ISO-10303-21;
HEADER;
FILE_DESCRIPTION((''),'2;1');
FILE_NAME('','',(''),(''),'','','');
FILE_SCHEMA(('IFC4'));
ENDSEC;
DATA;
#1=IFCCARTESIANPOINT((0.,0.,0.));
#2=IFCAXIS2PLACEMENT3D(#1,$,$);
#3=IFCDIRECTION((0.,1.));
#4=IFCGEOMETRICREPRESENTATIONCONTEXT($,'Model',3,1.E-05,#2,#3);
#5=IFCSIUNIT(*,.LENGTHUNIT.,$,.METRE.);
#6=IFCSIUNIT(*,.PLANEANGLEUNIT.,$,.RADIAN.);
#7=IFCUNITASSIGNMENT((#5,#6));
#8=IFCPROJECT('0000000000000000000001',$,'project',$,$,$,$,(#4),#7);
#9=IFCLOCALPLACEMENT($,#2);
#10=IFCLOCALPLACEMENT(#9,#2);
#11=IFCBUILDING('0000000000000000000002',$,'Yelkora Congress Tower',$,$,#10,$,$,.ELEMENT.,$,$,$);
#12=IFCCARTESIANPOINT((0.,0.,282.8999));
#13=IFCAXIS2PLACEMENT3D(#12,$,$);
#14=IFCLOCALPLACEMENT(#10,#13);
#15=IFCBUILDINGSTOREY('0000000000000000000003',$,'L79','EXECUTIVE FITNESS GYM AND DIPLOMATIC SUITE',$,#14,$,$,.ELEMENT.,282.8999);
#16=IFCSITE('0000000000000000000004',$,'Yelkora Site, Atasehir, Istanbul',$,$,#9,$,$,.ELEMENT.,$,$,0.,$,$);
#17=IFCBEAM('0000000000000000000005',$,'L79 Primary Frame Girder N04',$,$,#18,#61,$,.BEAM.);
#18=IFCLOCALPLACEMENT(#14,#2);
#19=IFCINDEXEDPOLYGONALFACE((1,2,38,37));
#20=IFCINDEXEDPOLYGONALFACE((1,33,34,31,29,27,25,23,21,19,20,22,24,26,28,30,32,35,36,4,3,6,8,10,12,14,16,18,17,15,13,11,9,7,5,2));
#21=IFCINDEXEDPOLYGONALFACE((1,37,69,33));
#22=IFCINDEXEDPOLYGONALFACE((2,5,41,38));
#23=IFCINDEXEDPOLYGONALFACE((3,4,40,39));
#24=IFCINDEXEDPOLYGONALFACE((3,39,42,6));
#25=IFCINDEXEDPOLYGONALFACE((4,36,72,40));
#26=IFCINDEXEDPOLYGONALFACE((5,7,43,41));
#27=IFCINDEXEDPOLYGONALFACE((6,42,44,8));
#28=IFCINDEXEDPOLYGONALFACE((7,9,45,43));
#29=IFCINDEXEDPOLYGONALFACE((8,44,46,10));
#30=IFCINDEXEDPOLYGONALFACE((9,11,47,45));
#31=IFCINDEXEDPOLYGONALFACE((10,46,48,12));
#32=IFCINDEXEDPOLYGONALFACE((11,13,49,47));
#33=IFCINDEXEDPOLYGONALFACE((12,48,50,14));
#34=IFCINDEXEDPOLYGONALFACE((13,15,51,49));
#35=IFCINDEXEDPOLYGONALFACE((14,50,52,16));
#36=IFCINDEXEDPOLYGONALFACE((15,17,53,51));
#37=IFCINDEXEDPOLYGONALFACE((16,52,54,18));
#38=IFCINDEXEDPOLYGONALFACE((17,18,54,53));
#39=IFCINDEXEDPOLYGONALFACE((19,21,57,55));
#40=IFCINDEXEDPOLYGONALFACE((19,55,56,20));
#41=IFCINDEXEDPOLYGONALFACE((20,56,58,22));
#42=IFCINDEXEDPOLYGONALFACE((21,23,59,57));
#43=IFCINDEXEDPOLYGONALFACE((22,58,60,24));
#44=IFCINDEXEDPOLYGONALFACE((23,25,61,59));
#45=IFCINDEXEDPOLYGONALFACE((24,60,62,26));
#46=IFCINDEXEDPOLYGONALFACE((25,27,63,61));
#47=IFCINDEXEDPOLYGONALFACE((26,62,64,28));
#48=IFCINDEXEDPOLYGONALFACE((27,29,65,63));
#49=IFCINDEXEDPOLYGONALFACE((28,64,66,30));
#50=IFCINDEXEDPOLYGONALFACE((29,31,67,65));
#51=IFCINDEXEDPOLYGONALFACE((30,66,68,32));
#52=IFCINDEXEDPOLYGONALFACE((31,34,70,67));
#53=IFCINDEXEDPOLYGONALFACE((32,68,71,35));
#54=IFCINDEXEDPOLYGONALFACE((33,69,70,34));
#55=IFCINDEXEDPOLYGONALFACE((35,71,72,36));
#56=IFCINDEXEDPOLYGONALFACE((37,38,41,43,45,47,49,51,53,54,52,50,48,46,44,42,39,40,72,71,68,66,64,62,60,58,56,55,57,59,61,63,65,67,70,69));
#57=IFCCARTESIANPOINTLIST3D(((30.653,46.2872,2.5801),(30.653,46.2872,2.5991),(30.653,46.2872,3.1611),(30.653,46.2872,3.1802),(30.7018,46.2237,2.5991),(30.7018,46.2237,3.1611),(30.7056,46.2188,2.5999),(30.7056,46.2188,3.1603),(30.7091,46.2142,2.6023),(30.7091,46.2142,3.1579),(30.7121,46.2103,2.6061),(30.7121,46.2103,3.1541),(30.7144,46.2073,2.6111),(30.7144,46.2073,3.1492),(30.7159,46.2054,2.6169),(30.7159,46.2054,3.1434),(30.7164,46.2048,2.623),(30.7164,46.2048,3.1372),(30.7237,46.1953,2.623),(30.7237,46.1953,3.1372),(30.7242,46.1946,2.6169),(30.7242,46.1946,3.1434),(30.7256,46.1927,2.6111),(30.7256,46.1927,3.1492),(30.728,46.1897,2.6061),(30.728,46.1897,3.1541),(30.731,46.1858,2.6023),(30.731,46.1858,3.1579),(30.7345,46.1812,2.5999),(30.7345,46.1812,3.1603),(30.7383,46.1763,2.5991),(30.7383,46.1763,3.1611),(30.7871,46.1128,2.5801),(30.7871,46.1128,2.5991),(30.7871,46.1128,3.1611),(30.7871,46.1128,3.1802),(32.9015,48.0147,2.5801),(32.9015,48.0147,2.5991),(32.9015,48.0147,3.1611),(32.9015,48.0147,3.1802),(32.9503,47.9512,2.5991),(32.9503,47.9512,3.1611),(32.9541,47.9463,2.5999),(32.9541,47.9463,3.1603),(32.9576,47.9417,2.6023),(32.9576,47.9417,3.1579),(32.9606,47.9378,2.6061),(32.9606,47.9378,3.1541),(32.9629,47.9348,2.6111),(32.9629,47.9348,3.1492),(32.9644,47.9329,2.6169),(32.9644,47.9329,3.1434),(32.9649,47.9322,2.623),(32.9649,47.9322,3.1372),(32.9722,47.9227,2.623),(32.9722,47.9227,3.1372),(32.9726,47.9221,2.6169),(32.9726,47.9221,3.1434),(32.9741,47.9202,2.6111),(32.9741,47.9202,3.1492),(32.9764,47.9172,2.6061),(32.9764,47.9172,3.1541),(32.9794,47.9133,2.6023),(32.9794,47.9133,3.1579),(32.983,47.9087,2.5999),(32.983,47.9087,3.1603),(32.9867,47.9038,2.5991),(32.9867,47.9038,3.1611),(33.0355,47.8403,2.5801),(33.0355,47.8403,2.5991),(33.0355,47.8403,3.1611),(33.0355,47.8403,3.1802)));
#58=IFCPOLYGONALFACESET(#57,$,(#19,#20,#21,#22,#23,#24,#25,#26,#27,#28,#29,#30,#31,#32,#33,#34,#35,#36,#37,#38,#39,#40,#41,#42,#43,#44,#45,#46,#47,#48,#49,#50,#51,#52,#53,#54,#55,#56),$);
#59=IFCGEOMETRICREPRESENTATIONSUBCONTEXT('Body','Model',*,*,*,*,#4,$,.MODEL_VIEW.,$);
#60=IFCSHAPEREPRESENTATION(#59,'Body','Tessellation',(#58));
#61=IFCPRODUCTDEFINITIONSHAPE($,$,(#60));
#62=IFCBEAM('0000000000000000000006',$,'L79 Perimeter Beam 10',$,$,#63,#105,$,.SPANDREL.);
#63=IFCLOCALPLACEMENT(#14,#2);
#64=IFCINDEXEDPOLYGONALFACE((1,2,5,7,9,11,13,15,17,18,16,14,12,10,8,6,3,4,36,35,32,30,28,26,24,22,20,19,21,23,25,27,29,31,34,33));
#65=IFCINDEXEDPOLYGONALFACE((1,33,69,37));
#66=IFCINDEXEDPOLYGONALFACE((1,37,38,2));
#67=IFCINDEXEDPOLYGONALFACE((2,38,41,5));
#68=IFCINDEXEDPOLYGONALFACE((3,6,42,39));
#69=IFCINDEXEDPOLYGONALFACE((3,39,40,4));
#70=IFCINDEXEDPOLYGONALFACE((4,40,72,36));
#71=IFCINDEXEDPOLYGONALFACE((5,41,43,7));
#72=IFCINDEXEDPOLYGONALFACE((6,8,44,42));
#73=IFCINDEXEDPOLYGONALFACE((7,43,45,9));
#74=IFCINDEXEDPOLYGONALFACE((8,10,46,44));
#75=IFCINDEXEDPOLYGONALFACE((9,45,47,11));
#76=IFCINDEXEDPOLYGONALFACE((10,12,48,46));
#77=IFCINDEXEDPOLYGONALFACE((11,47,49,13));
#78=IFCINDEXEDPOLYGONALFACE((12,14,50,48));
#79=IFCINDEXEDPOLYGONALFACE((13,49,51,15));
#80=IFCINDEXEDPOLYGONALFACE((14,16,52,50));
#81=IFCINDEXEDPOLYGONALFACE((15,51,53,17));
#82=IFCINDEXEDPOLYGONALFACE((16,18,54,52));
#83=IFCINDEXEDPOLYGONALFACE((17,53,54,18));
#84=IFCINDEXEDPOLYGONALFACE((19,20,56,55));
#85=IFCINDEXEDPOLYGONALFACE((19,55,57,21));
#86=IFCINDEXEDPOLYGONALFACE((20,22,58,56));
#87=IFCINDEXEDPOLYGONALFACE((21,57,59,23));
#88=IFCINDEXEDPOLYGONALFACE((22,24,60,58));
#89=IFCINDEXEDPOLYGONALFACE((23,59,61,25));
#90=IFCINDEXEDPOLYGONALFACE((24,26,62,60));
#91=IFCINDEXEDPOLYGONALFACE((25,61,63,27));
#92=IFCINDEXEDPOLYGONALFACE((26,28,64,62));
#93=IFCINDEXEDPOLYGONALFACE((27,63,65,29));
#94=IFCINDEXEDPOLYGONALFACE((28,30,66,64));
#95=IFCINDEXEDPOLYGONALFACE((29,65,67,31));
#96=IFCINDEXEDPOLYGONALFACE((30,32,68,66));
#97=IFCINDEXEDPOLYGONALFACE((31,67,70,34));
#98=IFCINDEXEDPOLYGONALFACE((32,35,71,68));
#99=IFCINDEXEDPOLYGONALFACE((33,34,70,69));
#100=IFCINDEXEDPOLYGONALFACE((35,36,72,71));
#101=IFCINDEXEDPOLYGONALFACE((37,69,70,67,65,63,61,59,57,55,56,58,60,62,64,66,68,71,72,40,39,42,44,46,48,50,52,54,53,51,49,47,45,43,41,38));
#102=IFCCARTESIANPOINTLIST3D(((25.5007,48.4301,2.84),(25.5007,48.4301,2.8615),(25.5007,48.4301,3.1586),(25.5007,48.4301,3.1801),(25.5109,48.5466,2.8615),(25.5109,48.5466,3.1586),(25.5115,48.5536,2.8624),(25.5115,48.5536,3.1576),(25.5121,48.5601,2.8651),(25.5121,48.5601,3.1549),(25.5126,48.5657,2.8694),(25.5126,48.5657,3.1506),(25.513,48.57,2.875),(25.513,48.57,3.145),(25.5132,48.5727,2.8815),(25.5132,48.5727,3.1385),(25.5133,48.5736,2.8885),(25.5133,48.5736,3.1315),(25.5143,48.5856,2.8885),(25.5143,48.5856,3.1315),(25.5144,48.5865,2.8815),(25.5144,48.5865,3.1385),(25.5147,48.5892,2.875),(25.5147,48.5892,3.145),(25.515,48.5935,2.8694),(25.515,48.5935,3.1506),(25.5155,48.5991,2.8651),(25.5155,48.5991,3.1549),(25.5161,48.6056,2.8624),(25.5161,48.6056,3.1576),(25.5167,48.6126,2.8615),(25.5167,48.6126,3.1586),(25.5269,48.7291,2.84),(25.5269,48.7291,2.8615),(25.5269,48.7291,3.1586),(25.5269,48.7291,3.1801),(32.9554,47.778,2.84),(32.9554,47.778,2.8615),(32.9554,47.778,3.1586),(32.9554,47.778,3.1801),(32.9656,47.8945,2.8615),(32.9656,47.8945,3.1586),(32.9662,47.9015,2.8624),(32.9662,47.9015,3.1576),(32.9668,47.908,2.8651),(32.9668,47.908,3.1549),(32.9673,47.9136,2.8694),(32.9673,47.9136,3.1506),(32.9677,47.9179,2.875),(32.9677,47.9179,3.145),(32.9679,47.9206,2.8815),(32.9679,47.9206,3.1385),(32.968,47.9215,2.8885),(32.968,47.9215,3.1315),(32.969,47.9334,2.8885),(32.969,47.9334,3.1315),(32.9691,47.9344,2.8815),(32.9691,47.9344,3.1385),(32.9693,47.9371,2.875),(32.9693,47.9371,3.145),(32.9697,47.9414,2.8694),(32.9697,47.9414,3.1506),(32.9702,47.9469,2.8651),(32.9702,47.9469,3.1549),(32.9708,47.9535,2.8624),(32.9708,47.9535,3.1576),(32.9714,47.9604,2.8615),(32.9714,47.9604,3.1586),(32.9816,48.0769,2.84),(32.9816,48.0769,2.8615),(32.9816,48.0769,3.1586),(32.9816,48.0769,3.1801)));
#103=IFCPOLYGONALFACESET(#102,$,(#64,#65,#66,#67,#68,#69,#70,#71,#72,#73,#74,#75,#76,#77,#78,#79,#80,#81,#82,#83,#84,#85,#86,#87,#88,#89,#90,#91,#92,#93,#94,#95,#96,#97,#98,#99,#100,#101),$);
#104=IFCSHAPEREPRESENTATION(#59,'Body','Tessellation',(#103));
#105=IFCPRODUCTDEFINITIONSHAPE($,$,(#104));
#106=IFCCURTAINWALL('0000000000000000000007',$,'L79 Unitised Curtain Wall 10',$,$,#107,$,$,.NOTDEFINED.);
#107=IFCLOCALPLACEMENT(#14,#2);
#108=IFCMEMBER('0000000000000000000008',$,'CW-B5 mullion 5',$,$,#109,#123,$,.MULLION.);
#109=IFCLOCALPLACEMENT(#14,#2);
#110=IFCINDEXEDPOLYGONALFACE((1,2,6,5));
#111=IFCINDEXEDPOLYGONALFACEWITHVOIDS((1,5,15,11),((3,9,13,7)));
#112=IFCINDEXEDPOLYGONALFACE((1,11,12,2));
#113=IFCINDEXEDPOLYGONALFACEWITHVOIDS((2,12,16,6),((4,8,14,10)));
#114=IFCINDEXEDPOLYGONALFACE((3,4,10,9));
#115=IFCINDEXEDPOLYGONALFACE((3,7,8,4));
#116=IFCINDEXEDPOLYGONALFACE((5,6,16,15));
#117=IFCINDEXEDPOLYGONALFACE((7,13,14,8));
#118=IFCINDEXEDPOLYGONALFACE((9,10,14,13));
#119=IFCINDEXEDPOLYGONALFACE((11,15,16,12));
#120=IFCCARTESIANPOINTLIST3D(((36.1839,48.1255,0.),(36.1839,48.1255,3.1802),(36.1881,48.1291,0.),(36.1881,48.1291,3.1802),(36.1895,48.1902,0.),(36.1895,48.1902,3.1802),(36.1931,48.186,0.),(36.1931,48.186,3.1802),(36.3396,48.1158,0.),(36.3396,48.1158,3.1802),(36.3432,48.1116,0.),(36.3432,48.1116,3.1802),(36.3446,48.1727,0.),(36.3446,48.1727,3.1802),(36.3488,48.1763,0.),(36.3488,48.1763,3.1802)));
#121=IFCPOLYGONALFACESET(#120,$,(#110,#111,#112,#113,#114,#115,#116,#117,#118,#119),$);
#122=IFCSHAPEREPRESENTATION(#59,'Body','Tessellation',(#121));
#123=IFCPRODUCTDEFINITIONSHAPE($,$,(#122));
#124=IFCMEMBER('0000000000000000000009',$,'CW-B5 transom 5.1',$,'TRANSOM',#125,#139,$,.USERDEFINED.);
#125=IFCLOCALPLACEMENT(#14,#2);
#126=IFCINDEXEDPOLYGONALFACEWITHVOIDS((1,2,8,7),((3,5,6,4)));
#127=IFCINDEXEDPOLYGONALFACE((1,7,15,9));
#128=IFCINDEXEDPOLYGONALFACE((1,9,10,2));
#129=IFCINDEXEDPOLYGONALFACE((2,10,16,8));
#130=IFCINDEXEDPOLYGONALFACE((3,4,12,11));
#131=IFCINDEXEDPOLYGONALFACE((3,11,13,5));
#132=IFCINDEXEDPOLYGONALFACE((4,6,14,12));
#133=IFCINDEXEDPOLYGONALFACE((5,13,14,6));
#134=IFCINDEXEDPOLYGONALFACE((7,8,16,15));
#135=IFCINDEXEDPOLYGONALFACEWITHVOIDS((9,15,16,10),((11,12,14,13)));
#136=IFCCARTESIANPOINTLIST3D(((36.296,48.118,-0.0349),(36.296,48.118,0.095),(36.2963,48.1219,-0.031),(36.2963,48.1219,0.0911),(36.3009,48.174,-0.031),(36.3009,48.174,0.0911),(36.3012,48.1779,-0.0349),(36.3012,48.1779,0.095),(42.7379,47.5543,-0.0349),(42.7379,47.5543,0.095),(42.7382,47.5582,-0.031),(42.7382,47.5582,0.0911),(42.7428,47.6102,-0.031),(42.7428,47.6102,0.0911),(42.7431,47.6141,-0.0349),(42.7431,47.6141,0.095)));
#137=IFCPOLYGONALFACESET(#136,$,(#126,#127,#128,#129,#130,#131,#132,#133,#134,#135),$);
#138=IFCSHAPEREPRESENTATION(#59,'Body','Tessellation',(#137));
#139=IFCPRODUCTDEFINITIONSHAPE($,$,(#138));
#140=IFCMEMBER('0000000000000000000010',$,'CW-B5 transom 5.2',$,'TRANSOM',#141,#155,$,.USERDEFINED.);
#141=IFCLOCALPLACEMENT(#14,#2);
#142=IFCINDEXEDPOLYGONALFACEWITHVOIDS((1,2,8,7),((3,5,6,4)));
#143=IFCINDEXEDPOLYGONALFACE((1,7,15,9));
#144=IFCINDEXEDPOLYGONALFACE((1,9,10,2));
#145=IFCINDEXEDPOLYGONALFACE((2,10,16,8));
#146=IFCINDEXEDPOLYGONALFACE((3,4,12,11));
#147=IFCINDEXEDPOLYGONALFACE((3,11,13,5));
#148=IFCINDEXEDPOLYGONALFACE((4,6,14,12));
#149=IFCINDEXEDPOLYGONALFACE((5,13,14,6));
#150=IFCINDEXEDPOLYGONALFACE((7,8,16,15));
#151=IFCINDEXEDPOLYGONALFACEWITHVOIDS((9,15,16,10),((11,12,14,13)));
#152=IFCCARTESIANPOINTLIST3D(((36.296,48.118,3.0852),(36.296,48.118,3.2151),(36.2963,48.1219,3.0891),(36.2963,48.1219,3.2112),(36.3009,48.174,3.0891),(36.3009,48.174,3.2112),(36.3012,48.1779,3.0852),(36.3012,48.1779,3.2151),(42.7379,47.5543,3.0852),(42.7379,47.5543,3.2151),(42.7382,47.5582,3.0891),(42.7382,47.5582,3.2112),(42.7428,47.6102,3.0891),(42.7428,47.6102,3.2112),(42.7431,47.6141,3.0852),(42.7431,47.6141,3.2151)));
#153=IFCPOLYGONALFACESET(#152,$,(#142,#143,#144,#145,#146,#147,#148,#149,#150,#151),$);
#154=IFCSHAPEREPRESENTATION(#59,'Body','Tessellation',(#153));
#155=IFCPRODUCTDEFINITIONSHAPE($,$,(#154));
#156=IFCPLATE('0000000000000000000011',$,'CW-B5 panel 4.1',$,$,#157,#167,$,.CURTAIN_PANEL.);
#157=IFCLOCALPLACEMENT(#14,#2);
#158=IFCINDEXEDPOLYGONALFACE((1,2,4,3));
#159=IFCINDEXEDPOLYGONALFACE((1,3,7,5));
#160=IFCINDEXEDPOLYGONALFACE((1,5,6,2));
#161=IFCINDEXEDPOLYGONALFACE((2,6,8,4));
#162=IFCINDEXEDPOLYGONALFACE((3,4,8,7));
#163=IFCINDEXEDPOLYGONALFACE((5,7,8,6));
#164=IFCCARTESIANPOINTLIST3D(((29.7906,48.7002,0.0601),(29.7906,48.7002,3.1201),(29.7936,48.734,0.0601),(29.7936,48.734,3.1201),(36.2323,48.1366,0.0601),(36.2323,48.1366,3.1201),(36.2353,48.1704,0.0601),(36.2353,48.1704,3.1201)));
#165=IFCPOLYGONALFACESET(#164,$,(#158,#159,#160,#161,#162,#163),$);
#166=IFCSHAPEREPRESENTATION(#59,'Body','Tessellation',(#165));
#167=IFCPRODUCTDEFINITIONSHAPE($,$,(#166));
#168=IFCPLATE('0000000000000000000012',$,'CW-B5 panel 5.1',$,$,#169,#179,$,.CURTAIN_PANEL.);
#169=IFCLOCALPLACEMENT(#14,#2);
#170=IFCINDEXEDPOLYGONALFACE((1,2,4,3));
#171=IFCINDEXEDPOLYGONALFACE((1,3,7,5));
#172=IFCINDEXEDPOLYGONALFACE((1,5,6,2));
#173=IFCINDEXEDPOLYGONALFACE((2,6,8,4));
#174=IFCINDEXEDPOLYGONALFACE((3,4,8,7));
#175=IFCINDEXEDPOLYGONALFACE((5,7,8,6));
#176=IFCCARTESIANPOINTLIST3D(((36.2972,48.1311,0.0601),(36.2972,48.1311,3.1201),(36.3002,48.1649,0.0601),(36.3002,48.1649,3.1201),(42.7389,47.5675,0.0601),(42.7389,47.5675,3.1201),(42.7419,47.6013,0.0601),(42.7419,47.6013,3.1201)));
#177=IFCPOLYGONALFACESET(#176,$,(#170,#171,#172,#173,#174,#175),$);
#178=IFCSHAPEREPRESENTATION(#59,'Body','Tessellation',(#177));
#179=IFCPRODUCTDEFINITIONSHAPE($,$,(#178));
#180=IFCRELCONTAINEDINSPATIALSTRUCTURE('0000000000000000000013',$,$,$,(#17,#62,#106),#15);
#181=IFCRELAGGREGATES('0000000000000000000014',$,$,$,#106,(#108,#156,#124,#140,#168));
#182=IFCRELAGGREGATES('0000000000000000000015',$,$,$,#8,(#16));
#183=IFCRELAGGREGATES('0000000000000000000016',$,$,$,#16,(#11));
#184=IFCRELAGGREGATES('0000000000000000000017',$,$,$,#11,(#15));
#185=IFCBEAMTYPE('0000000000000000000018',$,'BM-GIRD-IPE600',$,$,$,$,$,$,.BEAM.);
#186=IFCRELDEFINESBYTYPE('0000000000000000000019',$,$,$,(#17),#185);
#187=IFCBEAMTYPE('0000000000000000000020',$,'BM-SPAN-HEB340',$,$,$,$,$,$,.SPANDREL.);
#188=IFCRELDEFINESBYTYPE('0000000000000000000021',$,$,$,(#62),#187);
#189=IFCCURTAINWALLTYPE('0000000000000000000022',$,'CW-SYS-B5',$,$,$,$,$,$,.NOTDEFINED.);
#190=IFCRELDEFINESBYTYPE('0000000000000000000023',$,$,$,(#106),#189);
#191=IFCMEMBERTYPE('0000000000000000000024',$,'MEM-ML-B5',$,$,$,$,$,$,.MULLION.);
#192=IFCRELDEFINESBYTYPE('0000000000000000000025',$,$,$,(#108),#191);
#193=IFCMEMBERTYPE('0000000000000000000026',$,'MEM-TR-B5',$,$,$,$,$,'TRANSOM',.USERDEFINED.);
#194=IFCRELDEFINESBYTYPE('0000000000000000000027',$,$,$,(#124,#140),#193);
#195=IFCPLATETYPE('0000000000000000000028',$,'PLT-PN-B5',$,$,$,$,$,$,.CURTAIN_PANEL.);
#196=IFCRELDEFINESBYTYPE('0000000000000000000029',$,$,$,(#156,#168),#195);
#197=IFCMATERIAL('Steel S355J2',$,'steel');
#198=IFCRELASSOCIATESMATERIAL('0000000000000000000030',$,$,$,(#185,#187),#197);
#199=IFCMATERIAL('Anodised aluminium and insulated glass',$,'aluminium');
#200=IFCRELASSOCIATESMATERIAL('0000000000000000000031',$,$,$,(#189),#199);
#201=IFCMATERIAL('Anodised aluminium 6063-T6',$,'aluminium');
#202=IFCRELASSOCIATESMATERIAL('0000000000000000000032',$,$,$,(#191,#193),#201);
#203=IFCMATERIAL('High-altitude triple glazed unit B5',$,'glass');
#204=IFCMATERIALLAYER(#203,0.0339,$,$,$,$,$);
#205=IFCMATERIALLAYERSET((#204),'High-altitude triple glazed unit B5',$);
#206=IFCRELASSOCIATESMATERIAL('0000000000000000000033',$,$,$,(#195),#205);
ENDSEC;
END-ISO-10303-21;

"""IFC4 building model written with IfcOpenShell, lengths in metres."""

from ifc_helpers import new_model, si_unit, direction, frame, origin, origin_2d, place, context, subcontext, project, spatial, rectangle, hollow_rectangle, i_section, extrude, material, layer, layer_set, material_profile, profile_set, type_object, element, aggregate, save


model = new_model("IFC4")

# Units and contexts
model_context = context("Model", 3, precision=1e-05, world=origin(), true_north=direction((0.0, 1.0)))
body_context = subcontext(model_context, "Body", "Model", "MODEL_VIEW")
ifc_project = project(units=[si_unit("LENGTHUNIT", "METRE"), si_unit("PLANEANGLEUNIT", "RADIAN")], contexts=[model_context])

# Site, building, storey
site_placement = place(None, origin())
site = spatial("IfcSite", under=ifc_project, at=site_placement, Name="Yelkora Site, Atasehir, Istanbul", CompositionType="ELEMENT", RefElevation=0.0)
building_placement = place(site_placement, origin())
building = spatial("IfcBuilding", under=site, at=building_placement, Name="Yelkora Congress Tower", CompositionType="ELEMENT")
storey_placement = place(building_placement, frame((0.0, 0.0, 282.8999)))
storey = spatial("IfcBuildingStorey", under=building, at=storey_placement, Name="L79", Description="EXECUTIVE FITNESS GYM AND DIPLOMATIC SUITE", CompositionType="ELEMENT", Elevation=282.8999)

# Shared definitions
ifc_material_1 = material(Name="Steel S355J2", Category="steel")

# Beams
ifc_material_profile_1 = material_profile(ifc_material_1, i_section(OverallWidth=0.22, OverallDepth=0.6001, WebThickness=0.012, FlangeThickness=0.019, FilletRadius=0.0239, at=origin_2d()), Name="IPE 600")
ifc_profile_set_1 = profile_set([ifc_material_profile_1], Name="Steel S355J2")
beam_type_1 = type_object("IfcBeamType", Name="BM-GIRD-IPE600", PredefinedType="BEAM", material=ifc_profile_set_1)
beam_1_placement = place(storey_placement, frame((32.9685, 47.9275, 2.8801), z_axis=(-0.792982, -0.609245, 0.0), x_axis=(0.609245, -0.792982, 0.0)))
element("IfcBeam", 1, at=beam_1_placement, inside=storey, type_object=beam_type_1, Name="L79 Primary Frame Girder N04", PredefinedType="BEAM", context=body_context, shape_type="SweptSolid", body=[
    extrude(i_section(OverallWidth=0.22, OverallDepth=0.6001, WebThickness=0.012, FlangeThickness=0.019, FilletRadius=0.0239, at=origin_2d()), origin(), (0.0, 0.0, 1.0), 2.8354),
])
ifc_material_profile_2 = material_profile(ifc_material_1, i_section(OverallWidth=0.3, OverallDepth=0.3401, WebThickness=0.012, FlangeThickness=0.0215, FilletRadius=0.0271, at=origin_2d()), Name="HEB 340")
ifc_profile_set_2 = profile_set([ifc_material_profile_2], Name="Steel S355J2")
beam_type_2 = type_object("IfcBeamType", Name="BM-SPAN-HEB340", PredefinedType="SPANDREL", material=ifc_profile_set_2)
beam_2_placement = place(storey_placement, frame((32.9685, 47.9275, 3.01), z_axis=(-0.996196, 0.087143, 0.0), x_axis=(-0.087143, -0.996196, 0.0)))
element("IfcBeam", 2, at=beam_2_placement, inside=storey, type_object=beam_type_2, Name="L79 Perimeter Beam 10", PredefinedType="SPANDREL", context=body_context, shape_type="SweptSolid", body=[
    extrude(i_section(OverallWidth=0.3, OverallDepth=0.3401, WebThickness=0.012, FlangeThickness=0.0215, FilletRadius=0.0271, at=origin_2d()), origin(), (0.0, 0.0, 1.0), 7.4832),
])

# Curtain wall, members, plates
ifc_material_2 = material(Name="Anodised aluminium and insulated glass", Category="aluminium")
curtain_wall_type = type_object("IfcCurtainWallType", Name="CW-SYS-B5", PredefinedType="NOTDEFINED", material=ifc_material_2)
curtain_wall_placement = place(storey_placement, origin())
curtain_wall = element("IfcCurtainWall", 3, at=curtain_wall_placement, inside=storey, type_object=curtain_wall_type, Name="L79 Unitised Curtain Wall 10", PredefinedType="NOTDEFINED")
ifc_material_3 = material(Name="Anodised aluminium 6063-T6", Category="aluminium")
ifc_material_profile_3 = material_profile(ifc_material_3, hollow_rectangle(XDim=0.0649, YDim=0.1599, WallThickness=0.0039, at=origin_2d()), Name="ALU 65x160x4")
ifc_profile_set_3 = profile_set([ifc_material_profile_3], Name="Anodised aluminium 6063-T6")
member_type_1 = type_object("IfcMemberType", Name="MEM-ML-B5", PredefinedType="MULLION", material=ifc_profile_set_3)
member_1_placement = place(storey_placement, frame((36.2664, 48.1509, 0.0), z_axis=(0.0, 0.0, 1.0), x_axis=(0.087157, 0.996195, 0.0)))
member_1 = element("IfcMember", 4, at=member_1_placement, type_object=member_type_1, Name="CW-B5 mullion 5", PredefinedType="MULLION", context=body_context, shape_type="SweptSolid", body=[
    extrude(hollow_rectangle(XDim=0.0649, YDim=0.1599, WallThickness=0.0039, at=origin_2d()), origin(), (0.0, 0.0, 1.0), 3.1802),
])
ifc_material_profile_4 = material_profile(ifc_material_3, hollow_rectangle(XDim=0.0601, YDim=0.1299, WallThickness=0.0039, at=origin_2d()), Name="ALU 60x130x4")
ifc_profile_set_4 = profile_set([ifc_material_profile_4], Name="Anodised aluminium 6063-T6")
member_type_2 = type_object("IfcMemberType", Name="MEM-TR-B5", ElementType="TRANSOM", PredefinedType="USERDEFINED", material=ifc_profile_set_4)
member_2_placement = place(storey_placement, frame((36.2986, 48.1479, 0.03), z_axis=(0.996193, -0.087175, 0.0), x_axis=(0.087175, 0.996193, 0.0)))
member_2 = element("IfcMember", 5, at=member_2_placement, type_object=member_type_2, Name="CW-B5 transom 5.1", ObjectType="TRANSOM", PredefinedType="USERDEFINED", context=body_context, shape_type="SweptSolid", body=[
    extrude(hollow_rectangle(XDim=0.0601, YDim=0.1299, WallThickness=0.0039, at=origin_2d()), origin(), (0.0, 0.0, 1.0), 6.4666),
])
member_3_placement = place(storey_placement, frame((36.2986, 48.1479, 3.1501), z_axis=(0.996193, -0.087175, 0.0), x_axis=(0.087175, 0.996193, 0.0)))
member_3 = element("IfcMember", 6, at=member_3_placement, type_object=member_type_2, Name="CW-B5 transom 5.2", ObjectType="TRANSOM", PredefinedType="USERDEFINED", context=body_context, shape_type="SweptSolid", body=[
    extrude(hollow_rectangle(XDim=0.0601, YDim=0.1299, WallThickness=0.0039, at=origin_2d()), origin(), (0.0, 0.0, 1.0), 6.4666),
])
ifc_material_4 = material(Name="High-altitude triple glazed unit B5", Category="glass")
ifc_layer_1 = layer(ifc_material_4, 0.0339)
ifc_layer_set_1 = layer_set([ifc_layer_1], Name="High-altitude triple glazed unit B5")
plate_type = type_object("IfcPlateType", Name="PLT-PN-B5", PredefinedType="CURTAIN_PANEL", material=ifc_layer_set_1)
plate_1_placement = place(storey_placement, frame((33.0129, 48.4353, 0.0601), z_axis=(0.0, 0.0, 1.0), x_axis=(0.996195, -0.087157, 0.0)))
plate_1 = element("IfcPlate", 7, at=plate_1_placement, type_object=plate_type, Name="CW-B5 panel 4.1", PredefinedType="CURTAIN_PANEL", context=body_context, shape_type="SweptSolid", body=[
    extrude(rectangle(XDim=6.4663, YDim=0.0339, at=origin_2d()), origin(), (0.0, 0.0, 1.0), 3.0601),
])
plate_2_placement = place(storey_placement, frame((39.5195, 47.8662, 0.0601), z_axis=(0.0, 0.0, 1.0), x_axis=(0.996195, -0.087157, 0.0)))
plate_2 = element("IfcPlate", 8, at=plate_2_placement, type_object=plate_type, Name="CW-B5 panel 5.1", PredefinedType="CURTAIN_PANEL", context=body_context, shape_type="SweptSolid", body=[
    extrude(rectangle(XDim=6.4663, YDim=0.0339, at=origin_2d()), origin(), (0.0, 0.0, 1.0), 3.0601),
])
aggregate(curtain_wall, [member_1, plate_1, member_2, member_3, plate_2])

save(model, "model.ifc")
